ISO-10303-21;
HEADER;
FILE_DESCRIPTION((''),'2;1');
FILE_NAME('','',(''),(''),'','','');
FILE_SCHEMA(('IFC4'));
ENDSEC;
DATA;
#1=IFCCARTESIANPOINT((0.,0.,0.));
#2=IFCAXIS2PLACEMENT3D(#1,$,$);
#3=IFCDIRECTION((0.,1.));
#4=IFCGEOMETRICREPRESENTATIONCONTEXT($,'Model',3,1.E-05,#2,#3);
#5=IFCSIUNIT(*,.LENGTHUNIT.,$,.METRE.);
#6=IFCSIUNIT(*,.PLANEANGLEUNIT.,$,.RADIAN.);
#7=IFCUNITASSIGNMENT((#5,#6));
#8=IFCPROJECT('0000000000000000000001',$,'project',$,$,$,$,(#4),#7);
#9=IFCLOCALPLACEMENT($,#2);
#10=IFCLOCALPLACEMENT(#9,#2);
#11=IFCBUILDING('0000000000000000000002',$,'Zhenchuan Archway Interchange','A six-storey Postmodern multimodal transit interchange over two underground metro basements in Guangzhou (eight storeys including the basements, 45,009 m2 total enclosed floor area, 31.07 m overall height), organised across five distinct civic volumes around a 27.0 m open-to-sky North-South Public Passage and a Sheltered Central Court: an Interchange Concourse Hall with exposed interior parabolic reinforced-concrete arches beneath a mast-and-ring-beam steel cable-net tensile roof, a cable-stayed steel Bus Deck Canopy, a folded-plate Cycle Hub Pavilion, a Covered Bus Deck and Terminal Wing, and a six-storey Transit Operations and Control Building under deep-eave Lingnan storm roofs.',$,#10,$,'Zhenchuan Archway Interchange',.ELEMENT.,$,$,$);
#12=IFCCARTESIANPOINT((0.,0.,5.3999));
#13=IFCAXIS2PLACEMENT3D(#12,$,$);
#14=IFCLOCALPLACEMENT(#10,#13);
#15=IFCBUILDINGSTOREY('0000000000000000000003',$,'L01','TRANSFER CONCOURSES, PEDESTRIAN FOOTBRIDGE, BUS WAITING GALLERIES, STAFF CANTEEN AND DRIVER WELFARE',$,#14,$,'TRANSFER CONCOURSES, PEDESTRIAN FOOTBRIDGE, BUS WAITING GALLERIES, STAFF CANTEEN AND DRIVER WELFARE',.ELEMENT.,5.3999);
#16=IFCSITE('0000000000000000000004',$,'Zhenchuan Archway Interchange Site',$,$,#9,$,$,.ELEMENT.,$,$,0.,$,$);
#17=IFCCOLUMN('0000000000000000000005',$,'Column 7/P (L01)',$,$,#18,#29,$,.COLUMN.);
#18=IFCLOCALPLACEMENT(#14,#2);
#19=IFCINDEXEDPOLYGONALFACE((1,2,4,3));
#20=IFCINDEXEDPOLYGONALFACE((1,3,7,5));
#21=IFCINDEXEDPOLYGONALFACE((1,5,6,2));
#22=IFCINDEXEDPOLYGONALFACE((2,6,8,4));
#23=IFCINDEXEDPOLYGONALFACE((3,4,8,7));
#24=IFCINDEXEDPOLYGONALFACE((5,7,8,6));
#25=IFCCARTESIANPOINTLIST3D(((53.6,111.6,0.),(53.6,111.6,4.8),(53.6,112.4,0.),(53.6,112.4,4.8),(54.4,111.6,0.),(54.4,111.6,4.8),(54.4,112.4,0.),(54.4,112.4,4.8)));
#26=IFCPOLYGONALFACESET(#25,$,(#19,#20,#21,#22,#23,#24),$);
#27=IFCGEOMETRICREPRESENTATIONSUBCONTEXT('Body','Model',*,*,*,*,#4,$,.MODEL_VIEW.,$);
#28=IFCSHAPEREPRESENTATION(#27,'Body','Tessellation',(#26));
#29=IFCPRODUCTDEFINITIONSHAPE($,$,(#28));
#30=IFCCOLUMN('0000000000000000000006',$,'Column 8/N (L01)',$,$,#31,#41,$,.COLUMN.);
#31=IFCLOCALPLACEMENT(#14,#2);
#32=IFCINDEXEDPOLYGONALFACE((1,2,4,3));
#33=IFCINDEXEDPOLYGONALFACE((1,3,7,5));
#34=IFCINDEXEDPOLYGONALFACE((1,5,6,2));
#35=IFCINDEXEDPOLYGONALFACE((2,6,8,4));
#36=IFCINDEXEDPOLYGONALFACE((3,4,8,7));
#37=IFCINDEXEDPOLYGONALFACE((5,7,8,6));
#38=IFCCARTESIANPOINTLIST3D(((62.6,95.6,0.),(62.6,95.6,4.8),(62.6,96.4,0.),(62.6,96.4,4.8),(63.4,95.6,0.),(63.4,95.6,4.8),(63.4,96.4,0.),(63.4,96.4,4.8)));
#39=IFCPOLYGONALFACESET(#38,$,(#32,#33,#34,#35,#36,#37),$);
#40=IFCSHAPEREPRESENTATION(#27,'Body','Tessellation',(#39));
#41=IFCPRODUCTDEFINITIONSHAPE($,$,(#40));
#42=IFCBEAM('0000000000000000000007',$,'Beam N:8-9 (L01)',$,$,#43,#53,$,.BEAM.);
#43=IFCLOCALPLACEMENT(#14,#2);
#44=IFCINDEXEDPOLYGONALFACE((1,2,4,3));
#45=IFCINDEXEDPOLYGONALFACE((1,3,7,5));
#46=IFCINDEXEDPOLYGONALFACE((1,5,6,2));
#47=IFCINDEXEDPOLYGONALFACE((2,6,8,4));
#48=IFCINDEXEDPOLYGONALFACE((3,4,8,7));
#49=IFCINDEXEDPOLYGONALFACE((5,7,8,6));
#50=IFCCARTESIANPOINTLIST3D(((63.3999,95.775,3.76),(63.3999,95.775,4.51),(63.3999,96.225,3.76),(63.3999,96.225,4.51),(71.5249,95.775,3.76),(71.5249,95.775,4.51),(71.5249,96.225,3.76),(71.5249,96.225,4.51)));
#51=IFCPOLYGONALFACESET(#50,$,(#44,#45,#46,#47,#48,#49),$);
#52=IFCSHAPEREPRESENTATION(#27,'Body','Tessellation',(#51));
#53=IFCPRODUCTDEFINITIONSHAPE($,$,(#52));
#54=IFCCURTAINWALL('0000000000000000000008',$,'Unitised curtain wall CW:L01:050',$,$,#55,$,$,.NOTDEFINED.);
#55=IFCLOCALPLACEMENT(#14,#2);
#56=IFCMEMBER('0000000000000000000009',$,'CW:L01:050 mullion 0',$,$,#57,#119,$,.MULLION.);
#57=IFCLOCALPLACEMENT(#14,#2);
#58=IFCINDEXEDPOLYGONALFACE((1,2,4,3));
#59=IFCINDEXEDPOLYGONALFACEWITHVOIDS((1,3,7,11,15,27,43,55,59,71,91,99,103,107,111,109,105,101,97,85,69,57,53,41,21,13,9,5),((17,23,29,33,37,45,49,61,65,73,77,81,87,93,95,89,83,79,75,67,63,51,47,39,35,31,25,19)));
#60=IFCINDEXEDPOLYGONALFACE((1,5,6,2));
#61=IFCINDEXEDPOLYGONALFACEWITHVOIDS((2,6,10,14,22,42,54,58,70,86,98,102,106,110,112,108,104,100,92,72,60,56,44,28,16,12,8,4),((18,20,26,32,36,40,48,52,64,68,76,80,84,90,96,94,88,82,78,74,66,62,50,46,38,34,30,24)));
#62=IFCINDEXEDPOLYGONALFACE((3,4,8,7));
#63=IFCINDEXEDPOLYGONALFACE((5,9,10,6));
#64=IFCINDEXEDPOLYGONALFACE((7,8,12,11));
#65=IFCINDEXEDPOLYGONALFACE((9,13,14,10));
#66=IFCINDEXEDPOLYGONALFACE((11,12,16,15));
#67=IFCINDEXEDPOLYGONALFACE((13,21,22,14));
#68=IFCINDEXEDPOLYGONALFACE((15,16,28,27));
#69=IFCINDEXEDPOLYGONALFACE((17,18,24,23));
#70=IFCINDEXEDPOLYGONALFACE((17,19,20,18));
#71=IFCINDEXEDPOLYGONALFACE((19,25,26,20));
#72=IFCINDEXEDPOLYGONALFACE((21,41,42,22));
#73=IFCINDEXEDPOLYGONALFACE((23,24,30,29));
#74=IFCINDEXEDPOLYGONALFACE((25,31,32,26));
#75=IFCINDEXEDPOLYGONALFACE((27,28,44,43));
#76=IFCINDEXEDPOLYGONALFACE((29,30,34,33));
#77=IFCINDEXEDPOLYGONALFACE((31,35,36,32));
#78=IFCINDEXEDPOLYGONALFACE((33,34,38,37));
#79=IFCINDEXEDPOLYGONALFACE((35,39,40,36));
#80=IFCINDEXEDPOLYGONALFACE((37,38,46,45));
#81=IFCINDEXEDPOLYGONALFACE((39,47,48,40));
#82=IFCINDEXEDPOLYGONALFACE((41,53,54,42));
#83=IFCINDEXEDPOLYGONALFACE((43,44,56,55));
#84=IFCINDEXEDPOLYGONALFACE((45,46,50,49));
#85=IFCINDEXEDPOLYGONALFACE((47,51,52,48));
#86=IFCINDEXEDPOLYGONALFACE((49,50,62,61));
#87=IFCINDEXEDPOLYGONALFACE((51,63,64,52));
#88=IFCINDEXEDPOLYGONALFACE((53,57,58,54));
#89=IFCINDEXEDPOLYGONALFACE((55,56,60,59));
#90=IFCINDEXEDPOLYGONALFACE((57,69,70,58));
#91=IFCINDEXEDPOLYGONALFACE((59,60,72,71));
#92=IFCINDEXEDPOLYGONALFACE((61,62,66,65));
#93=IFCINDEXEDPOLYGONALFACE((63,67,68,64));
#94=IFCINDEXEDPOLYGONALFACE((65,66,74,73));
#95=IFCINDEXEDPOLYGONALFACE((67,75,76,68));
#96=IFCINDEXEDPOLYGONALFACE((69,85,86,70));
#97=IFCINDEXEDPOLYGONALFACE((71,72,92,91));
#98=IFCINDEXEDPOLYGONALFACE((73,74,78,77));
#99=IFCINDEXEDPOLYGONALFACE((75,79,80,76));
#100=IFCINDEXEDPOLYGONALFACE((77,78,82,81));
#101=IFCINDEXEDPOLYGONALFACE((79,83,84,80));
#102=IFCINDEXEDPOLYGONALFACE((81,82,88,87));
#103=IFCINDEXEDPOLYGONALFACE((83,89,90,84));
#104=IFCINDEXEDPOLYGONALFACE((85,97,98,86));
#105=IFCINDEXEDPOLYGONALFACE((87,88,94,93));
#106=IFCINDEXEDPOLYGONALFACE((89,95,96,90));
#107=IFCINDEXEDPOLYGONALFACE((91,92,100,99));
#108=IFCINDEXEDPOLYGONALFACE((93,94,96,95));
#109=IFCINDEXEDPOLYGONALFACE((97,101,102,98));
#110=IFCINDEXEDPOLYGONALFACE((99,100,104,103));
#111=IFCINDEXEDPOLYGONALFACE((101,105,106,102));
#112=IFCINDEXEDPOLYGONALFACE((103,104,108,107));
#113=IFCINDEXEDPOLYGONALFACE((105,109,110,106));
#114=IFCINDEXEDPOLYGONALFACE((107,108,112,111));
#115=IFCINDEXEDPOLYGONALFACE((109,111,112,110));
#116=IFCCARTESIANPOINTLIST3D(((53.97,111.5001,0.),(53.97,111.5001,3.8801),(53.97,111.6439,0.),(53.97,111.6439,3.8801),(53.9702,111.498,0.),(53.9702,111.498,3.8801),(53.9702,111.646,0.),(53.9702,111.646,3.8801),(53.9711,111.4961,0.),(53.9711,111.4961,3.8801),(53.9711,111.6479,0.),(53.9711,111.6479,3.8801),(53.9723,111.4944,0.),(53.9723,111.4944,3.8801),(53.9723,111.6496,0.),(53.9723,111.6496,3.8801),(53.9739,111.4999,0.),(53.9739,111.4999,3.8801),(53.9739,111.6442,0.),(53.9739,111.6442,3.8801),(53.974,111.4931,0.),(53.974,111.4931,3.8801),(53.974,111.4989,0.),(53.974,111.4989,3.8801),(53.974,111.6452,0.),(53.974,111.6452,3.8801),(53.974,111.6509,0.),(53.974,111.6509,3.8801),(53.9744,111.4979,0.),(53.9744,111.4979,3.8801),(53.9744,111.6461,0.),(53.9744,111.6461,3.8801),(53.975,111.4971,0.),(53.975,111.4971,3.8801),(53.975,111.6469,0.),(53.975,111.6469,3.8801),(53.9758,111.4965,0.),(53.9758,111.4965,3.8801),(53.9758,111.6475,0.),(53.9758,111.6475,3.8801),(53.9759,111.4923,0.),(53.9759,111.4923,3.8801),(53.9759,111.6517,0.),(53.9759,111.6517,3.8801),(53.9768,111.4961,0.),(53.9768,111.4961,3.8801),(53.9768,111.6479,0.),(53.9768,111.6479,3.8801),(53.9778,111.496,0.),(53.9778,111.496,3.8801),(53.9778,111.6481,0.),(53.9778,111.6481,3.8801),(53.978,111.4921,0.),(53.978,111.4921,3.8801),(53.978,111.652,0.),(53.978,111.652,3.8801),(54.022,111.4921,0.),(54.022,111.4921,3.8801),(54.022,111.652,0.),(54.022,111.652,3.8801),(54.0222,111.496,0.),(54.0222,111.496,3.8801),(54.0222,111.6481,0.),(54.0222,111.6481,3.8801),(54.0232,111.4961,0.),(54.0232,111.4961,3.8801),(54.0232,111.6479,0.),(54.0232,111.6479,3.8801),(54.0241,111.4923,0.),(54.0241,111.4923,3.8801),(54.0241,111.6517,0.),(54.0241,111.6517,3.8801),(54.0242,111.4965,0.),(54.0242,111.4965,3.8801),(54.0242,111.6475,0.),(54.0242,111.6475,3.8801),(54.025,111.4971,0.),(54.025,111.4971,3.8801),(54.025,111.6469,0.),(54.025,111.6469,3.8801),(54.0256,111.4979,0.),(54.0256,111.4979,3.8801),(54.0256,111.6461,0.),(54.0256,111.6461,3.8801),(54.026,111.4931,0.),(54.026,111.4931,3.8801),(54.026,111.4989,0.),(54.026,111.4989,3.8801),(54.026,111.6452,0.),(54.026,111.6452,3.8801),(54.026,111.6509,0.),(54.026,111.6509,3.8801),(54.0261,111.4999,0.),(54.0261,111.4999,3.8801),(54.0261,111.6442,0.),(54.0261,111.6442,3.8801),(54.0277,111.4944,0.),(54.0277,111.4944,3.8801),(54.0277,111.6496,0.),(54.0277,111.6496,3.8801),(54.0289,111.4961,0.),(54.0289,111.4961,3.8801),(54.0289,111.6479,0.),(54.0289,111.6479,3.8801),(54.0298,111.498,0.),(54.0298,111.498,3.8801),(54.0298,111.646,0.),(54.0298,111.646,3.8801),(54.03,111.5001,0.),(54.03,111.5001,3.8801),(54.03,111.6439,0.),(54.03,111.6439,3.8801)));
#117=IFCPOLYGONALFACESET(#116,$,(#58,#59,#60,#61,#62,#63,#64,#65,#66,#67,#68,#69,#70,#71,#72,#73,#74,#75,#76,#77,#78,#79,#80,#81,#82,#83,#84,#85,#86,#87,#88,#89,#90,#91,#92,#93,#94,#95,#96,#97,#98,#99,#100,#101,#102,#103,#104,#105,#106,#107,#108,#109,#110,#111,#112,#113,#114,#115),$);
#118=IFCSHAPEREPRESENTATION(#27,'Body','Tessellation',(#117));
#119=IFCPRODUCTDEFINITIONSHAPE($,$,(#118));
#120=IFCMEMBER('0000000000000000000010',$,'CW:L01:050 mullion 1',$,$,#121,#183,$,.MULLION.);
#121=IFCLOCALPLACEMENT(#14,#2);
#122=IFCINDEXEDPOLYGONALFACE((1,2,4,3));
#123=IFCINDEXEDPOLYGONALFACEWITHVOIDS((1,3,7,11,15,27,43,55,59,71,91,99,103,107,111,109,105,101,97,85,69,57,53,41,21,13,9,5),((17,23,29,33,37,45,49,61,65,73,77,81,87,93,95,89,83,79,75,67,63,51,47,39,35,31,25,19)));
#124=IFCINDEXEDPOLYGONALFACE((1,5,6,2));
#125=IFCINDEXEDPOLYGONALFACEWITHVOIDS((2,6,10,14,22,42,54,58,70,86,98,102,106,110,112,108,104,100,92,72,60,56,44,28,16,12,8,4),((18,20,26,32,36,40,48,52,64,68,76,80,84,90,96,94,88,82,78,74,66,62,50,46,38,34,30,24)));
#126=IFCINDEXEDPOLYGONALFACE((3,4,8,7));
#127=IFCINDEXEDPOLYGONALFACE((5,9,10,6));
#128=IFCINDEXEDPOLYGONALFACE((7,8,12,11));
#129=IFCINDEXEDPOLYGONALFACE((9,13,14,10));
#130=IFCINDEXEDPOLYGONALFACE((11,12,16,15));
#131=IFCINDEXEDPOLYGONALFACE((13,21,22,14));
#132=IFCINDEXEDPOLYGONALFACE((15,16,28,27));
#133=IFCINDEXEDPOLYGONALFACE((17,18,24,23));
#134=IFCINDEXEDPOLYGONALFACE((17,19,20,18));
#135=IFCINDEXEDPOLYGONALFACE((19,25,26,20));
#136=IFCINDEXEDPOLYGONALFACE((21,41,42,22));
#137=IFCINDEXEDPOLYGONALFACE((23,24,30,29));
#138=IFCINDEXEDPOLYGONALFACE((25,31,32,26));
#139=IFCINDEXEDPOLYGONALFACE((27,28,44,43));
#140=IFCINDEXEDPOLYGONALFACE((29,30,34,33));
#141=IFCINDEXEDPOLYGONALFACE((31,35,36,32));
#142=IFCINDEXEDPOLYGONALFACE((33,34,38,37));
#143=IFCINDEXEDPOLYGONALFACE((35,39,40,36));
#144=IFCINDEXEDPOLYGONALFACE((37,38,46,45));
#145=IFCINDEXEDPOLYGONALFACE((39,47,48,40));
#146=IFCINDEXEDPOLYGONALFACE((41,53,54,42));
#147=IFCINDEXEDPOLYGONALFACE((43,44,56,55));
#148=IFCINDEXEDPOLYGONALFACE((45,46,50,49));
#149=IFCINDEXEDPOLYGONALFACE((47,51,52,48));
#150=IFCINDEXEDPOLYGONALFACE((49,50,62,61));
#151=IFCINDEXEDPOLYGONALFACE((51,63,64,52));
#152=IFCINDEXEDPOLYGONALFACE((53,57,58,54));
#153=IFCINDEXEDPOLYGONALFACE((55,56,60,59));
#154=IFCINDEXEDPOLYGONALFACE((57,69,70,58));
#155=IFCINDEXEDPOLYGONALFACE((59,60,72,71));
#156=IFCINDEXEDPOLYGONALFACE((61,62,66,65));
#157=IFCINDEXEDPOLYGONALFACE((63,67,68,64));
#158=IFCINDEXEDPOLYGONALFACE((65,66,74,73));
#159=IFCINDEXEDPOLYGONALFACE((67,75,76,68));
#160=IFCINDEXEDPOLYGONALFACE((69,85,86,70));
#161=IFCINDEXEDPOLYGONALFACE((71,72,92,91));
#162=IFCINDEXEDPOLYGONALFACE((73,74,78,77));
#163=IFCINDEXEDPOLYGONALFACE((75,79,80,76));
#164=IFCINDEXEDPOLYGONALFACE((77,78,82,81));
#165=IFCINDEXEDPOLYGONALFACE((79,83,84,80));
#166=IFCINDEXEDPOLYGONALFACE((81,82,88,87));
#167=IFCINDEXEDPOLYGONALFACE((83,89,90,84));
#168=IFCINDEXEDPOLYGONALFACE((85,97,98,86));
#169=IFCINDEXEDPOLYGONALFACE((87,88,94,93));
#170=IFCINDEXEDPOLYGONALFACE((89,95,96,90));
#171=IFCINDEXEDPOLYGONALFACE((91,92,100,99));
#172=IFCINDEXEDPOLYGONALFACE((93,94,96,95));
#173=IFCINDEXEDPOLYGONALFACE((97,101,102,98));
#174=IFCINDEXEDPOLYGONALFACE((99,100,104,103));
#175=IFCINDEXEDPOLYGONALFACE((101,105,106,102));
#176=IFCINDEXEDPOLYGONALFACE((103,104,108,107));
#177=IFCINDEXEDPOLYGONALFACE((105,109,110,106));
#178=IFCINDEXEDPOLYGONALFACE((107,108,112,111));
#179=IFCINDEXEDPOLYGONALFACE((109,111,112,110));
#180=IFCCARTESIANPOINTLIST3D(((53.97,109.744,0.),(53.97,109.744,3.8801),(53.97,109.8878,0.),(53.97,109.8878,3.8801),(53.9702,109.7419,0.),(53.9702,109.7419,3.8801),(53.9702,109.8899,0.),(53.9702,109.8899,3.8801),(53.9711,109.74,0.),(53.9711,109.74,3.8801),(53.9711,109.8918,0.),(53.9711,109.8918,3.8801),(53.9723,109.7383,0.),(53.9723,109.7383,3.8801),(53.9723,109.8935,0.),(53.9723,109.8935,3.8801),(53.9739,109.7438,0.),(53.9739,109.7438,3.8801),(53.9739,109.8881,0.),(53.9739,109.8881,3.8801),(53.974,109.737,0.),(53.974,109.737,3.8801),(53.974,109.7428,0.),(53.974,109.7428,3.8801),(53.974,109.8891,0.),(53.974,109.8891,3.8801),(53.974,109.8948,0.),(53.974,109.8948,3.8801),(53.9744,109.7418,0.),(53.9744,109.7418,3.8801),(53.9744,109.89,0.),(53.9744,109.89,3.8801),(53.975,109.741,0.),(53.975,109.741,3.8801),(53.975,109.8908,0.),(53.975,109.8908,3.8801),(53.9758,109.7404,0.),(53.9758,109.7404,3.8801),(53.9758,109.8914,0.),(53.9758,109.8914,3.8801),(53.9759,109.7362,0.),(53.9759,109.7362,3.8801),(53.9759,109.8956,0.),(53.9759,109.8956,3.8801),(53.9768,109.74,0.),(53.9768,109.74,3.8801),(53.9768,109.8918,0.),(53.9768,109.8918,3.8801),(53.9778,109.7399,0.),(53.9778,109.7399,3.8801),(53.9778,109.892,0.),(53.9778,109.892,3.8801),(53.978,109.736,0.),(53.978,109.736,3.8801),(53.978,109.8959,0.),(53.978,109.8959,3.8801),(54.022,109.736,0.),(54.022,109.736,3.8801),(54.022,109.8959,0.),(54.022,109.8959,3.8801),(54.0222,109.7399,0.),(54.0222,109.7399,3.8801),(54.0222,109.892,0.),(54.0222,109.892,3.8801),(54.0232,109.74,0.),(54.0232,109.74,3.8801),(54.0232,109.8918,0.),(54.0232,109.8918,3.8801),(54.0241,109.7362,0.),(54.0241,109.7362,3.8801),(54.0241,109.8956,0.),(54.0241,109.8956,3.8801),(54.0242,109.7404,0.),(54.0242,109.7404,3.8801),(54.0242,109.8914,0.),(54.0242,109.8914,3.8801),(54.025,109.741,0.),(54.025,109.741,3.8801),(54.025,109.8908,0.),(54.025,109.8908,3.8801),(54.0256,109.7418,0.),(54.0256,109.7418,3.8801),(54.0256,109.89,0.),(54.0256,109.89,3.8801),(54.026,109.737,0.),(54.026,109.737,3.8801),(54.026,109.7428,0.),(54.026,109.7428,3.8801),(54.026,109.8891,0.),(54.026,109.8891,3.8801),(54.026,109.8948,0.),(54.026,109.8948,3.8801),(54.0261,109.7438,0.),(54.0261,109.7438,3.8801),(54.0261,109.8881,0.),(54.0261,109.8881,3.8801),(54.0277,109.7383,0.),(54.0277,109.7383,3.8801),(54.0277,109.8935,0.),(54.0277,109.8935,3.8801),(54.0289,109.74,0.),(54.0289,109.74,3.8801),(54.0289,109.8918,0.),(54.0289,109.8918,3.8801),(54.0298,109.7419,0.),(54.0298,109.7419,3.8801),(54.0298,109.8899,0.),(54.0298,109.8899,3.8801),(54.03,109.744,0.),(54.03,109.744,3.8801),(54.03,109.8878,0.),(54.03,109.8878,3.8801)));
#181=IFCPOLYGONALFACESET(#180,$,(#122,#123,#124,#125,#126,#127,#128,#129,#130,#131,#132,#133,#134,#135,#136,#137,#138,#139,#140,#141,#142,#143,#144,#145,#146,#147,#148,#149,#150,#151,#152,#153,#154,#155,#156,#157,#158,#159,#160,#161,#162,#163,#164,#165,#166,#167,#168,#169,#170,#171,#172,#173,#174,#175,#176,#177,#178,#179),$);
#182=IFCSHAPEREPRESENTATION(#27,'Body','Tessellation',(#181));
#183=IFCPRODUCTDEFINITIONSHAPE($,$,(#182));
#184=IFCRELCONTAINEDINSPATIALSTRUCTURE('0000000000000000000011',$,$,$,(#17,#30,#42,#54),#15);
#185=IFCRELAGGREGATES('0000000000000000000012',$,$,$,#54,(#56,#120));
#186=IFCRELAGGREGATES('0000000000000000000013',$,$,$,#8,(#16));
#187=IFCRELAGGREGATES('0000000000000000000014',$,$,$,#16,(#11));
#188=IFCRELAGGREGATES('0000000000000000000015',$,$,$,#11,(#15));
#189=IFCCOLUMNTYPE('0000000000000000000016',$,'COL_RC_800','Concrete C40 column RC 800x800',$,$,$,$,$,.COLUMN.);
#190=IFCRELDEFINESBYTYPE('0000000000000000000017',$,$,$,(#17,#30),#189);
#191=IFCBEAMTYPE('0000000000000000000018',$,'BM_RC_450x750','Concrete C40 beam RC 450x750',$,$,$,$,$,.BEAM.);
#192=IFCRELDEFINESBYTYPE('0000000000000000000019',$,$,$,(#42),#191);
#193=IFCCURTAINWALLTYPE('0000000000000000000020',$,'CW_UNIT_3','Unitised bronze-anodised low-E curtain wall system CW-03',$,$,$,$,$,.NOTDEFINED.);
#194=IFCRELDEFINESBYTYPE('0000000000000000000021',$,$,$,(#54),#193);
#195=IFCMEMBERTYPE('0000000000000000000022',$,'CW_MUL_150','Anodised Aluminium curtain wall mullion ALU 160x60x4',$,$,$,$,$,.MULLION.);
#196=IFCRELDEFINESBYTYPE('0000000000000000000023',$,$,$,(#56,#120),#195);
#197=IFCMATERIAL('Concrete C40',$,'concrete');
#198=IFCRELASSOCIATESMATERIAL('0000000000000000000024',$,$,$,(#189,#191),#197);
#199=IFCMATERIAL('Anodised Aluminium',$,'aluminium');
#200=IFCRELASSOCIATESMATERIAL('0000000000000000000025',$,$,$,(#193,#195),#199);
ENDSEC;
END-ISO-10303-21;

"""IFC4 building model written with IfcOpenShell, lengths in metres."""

from ifc_helpers import new_model, si_unit, direction, frame, origin, origin_2d, place, context, subcontext, project, spatial, rectangle, hollow_rectangle, extrude, material, material_profile, profile_set, type_object, element, aggregate, save


model = new_model("IFC4")

# Units and contexts
model_context = context("Model", 3, precision=1e-05, world=origin(), true_north=direction((0.0, 1.0)))
body_context = subcontext(model_context, "Body", "Model", "MODEL_VIEW")
ifc_project = project(units=[si_unit("LENGTHUNIT", "METRE"), si_unit("PLANEANGLEUNIT", "RADIAN")], contexts=[model_context])

# Site, building, storey
site_placement = place(None, origin())
site = spatial("IfcSite", under=ifc_project, at=site_placement, Name="Zhenchuan Archway Interchange Site", CompositionType="ELEMENT", RefElevation=0.0)
building_placement = place(site_placement, origin())
building = spatial("IfcBuilding", under=site, at=building_placement, Name="Zhenchuan Archway Interchange", Description="A six-storey Postmodern multimodal transit interchange over two underground metro basements in Guangzhou (eight storeys including the basements, 45,009 m2 total enclosed floor area, 31.07 m overall height), organised across five distinct civic volumes around a 27.0 m open-to-sky North-South Public Passage and a Sheltered Central Court: an Interchange Concourse Hall with exposed interior parabolic reinforced-concrete arches beneath a mast-and-ring-beam steel cable-net tensile roof, a cable-stayed steel Bus Deck Canopy, a folded-plate Cycle Hub Pavilion, a Covered Bus Deck and Terminal Wing, and a six-storey Transit Operations and Control Building under deep-eave Lingnan storm roofs.", LongName="Zhenchuan Archway Interchange", CompositionType="ELEMENT")
storey_placement = place(building_placement, frame((0.0, 0.0, 5.3999)))
storey = spatial("IfcBuildingStorey", under=building, at=storey_placement, Name="L01", Description="TRANSFER CONCOURSES, PEDESTRIAN FOOTBRIDGE, BUS WAITING GALLERIES, STAFF CANTEEN AND DRIVER WELFARE", LongName="TRANSFER CONCOURSES, PEDESTRIAN FOOTBRIDGE, BUS WAITING GALLERIES, STAFF CANTEEN AND DRIVER WELFARE", CompositionType="ELEMENT", Elevation=5.3999)

# Columns
ifc_material_1 = material(Name="Concrete C40", Category="concrete")
ifc_material_profile_1 = material_profile(ifc_material_1, rectangle(XDim=0.8, YDim=0.8, at=origin_2d()), Name="RC 800x800")
ifc_profile_set_1 = profile_set([ifc_material_profile_1], Name="Concrete C40")
column_type = type_object("IfcColumnType", Name="COL_RC_800", Description="Concrete C40 column RC 800x800", PredefinedType="COLUMN", material=ifc_profile_set_1)
for number, where, z_axis, x_axis, name in (
    (1, (54.0, 112.0, 0.0), (0.0, 0.0, 1.0), (1.0, 0.0, 0.0), "Column 7/P (L01)"),
    (2, (63.0, 96.0, 0.0), (0.0, 0.0, 1.0), (1.0, 0.0, 0.0), "Column 8/N (L01)"),
):
    element("IfcColumn", number, at=place(storey_placement, frame(where, z_axis=z_axis, x_axis=x_axis)), inside=storey, type_object=column_type, Name=name, PredefinedType="COLUMN", context=body_context, shape_type="SweptSolid", body=[
        extrude(rectangle(XDim=0.8, YDim=0.8, at=origin_2d()), origin(), (0.0, 0.0, 1.0), 4.8),
    ])

# Beam
ifc_material_profile_2 = material_profile(ifc_material_1, rectangle(XDim=0.45, YDim=0.75, at=origin_2d()), Name="RC 450x750")
ifc_profile_set_2 = profile_set([ifc_material_profile_2], Name="Concrete C40")
beam_type = type_object("IfcBeamType", Name="BM_RC_450x750", Description="Concrete C40 beam RC 450x750", PredefinedType="BEAM", material=ifc_profile_set_2)
beam_placement = place(storey_placement, frame((63.3999, 96.0, 4.135), z_axis=(1.0, 0.0, 0.0), x_axis=(0.0, 1.0, 0.0)))
element("IfcBeam", 3, at=beam_placement, inside=storey, type_object=beam_type, Name="Beam N:8-9 (L01)", PredefinedType="BEAM", context=body_context, shape_type="SweptSolid", body=[
    extrude(rectangle(XDim=0.45, YDim=0.75, at=origin_2d()), origin(), (0.0, 0.0, 1.0), 8.125),
])

# Curtain wall, members
ifc_material_2 = material(Name="Anodised Aluminium", Category="aluminium")
curtain_wall_type_1 = type_object("IfcCurtainWallType", Name="CW_UNIT_3", Description="Unitised bronze-anodised low-E curtain wall system CW-03", PredefinedType="NOTDEFINED", material=ifc_material_2)
curtain_wall_1_placement = place(storey_placement, origin())
curtain_wall_1 = element("IfcCurtainWall", 4, at=curtain_wall_1_placement, inside=storey, type_object=curtain_wall_type_1, Name="Unitised curtain wall CW:L01:050", PredefinedType="NOTDEFINED")
ifc_material_profile_3 = material_profile(ifc_material_2, hollow_rectangle(XDim=0.0601, YDim=0.1599, WallThickness=0.0039, InnerFilletRadius=0.0039, OuterFilletRadius=0.0081, at=origin_2d()), Name="ALU 160x60x4")
ifc_profile_set_3 = profile_set([ifc_material_profile_3], Name="Anodised Aluminium")
member_type_1 = type_object("IfcMemberType", Name="CW_MUL_150", Description="Anodised Aluminium curtain wall mullion ALU 160x60x4", PredefinedType="MULLION", material=ifc_profile_set_3)
member_1_placement = place(storey_placement, frame((54.0, 111.572, 0.0), z_axis=(0.0, 0.0, 1.0), x_axis=(1.0, 0.0, 0.0)))
member_1 = element("IfcMember", 5, at=member_1_placement, type_object=member_type_1, Name="CW:L01:050 mullion 0", PredefinedType="MULLION", context=body_context, shape_type="SweptSolid", body=[
    extrude(hollow_rectangle(XDim=0.0601, YDim=0.1599, WallThickness=0.0039, InnerFilletRadius=0.0039, OuterFilletRadius=0.0081, at=origin_2d()), origin(), (0.0, 0.0, 1.0), 3.8801),
])
member_2_placement = place(storey_placement, frame((54.0, 109.8159, 0.0), z_axis=(0.0, 0.0, 1.0), x_axis=(1.0, 0.0, 0.0)))
member_2 = element("IfcMember", 6, at=member_2_placement, type_object=member_type_1, Name="CW:L01:050 mullion 1", PredefinedType="MULLION", context=body_context, shape_type="SweptSolid", body=[
    extrude(hollow_rectangle(XDim=0.0601, YDim=0.1599, WallThickness=0.0039, InnerFilletRadius=0.0039, OuterFilletRadius=0.0081, at=origin_2d()), origin(), (0.0, 0.0, 1.0), 3.8801),
])

aggregate(curtain_wall_1, [member_1, member_2])

save(model, "model.ifc")
